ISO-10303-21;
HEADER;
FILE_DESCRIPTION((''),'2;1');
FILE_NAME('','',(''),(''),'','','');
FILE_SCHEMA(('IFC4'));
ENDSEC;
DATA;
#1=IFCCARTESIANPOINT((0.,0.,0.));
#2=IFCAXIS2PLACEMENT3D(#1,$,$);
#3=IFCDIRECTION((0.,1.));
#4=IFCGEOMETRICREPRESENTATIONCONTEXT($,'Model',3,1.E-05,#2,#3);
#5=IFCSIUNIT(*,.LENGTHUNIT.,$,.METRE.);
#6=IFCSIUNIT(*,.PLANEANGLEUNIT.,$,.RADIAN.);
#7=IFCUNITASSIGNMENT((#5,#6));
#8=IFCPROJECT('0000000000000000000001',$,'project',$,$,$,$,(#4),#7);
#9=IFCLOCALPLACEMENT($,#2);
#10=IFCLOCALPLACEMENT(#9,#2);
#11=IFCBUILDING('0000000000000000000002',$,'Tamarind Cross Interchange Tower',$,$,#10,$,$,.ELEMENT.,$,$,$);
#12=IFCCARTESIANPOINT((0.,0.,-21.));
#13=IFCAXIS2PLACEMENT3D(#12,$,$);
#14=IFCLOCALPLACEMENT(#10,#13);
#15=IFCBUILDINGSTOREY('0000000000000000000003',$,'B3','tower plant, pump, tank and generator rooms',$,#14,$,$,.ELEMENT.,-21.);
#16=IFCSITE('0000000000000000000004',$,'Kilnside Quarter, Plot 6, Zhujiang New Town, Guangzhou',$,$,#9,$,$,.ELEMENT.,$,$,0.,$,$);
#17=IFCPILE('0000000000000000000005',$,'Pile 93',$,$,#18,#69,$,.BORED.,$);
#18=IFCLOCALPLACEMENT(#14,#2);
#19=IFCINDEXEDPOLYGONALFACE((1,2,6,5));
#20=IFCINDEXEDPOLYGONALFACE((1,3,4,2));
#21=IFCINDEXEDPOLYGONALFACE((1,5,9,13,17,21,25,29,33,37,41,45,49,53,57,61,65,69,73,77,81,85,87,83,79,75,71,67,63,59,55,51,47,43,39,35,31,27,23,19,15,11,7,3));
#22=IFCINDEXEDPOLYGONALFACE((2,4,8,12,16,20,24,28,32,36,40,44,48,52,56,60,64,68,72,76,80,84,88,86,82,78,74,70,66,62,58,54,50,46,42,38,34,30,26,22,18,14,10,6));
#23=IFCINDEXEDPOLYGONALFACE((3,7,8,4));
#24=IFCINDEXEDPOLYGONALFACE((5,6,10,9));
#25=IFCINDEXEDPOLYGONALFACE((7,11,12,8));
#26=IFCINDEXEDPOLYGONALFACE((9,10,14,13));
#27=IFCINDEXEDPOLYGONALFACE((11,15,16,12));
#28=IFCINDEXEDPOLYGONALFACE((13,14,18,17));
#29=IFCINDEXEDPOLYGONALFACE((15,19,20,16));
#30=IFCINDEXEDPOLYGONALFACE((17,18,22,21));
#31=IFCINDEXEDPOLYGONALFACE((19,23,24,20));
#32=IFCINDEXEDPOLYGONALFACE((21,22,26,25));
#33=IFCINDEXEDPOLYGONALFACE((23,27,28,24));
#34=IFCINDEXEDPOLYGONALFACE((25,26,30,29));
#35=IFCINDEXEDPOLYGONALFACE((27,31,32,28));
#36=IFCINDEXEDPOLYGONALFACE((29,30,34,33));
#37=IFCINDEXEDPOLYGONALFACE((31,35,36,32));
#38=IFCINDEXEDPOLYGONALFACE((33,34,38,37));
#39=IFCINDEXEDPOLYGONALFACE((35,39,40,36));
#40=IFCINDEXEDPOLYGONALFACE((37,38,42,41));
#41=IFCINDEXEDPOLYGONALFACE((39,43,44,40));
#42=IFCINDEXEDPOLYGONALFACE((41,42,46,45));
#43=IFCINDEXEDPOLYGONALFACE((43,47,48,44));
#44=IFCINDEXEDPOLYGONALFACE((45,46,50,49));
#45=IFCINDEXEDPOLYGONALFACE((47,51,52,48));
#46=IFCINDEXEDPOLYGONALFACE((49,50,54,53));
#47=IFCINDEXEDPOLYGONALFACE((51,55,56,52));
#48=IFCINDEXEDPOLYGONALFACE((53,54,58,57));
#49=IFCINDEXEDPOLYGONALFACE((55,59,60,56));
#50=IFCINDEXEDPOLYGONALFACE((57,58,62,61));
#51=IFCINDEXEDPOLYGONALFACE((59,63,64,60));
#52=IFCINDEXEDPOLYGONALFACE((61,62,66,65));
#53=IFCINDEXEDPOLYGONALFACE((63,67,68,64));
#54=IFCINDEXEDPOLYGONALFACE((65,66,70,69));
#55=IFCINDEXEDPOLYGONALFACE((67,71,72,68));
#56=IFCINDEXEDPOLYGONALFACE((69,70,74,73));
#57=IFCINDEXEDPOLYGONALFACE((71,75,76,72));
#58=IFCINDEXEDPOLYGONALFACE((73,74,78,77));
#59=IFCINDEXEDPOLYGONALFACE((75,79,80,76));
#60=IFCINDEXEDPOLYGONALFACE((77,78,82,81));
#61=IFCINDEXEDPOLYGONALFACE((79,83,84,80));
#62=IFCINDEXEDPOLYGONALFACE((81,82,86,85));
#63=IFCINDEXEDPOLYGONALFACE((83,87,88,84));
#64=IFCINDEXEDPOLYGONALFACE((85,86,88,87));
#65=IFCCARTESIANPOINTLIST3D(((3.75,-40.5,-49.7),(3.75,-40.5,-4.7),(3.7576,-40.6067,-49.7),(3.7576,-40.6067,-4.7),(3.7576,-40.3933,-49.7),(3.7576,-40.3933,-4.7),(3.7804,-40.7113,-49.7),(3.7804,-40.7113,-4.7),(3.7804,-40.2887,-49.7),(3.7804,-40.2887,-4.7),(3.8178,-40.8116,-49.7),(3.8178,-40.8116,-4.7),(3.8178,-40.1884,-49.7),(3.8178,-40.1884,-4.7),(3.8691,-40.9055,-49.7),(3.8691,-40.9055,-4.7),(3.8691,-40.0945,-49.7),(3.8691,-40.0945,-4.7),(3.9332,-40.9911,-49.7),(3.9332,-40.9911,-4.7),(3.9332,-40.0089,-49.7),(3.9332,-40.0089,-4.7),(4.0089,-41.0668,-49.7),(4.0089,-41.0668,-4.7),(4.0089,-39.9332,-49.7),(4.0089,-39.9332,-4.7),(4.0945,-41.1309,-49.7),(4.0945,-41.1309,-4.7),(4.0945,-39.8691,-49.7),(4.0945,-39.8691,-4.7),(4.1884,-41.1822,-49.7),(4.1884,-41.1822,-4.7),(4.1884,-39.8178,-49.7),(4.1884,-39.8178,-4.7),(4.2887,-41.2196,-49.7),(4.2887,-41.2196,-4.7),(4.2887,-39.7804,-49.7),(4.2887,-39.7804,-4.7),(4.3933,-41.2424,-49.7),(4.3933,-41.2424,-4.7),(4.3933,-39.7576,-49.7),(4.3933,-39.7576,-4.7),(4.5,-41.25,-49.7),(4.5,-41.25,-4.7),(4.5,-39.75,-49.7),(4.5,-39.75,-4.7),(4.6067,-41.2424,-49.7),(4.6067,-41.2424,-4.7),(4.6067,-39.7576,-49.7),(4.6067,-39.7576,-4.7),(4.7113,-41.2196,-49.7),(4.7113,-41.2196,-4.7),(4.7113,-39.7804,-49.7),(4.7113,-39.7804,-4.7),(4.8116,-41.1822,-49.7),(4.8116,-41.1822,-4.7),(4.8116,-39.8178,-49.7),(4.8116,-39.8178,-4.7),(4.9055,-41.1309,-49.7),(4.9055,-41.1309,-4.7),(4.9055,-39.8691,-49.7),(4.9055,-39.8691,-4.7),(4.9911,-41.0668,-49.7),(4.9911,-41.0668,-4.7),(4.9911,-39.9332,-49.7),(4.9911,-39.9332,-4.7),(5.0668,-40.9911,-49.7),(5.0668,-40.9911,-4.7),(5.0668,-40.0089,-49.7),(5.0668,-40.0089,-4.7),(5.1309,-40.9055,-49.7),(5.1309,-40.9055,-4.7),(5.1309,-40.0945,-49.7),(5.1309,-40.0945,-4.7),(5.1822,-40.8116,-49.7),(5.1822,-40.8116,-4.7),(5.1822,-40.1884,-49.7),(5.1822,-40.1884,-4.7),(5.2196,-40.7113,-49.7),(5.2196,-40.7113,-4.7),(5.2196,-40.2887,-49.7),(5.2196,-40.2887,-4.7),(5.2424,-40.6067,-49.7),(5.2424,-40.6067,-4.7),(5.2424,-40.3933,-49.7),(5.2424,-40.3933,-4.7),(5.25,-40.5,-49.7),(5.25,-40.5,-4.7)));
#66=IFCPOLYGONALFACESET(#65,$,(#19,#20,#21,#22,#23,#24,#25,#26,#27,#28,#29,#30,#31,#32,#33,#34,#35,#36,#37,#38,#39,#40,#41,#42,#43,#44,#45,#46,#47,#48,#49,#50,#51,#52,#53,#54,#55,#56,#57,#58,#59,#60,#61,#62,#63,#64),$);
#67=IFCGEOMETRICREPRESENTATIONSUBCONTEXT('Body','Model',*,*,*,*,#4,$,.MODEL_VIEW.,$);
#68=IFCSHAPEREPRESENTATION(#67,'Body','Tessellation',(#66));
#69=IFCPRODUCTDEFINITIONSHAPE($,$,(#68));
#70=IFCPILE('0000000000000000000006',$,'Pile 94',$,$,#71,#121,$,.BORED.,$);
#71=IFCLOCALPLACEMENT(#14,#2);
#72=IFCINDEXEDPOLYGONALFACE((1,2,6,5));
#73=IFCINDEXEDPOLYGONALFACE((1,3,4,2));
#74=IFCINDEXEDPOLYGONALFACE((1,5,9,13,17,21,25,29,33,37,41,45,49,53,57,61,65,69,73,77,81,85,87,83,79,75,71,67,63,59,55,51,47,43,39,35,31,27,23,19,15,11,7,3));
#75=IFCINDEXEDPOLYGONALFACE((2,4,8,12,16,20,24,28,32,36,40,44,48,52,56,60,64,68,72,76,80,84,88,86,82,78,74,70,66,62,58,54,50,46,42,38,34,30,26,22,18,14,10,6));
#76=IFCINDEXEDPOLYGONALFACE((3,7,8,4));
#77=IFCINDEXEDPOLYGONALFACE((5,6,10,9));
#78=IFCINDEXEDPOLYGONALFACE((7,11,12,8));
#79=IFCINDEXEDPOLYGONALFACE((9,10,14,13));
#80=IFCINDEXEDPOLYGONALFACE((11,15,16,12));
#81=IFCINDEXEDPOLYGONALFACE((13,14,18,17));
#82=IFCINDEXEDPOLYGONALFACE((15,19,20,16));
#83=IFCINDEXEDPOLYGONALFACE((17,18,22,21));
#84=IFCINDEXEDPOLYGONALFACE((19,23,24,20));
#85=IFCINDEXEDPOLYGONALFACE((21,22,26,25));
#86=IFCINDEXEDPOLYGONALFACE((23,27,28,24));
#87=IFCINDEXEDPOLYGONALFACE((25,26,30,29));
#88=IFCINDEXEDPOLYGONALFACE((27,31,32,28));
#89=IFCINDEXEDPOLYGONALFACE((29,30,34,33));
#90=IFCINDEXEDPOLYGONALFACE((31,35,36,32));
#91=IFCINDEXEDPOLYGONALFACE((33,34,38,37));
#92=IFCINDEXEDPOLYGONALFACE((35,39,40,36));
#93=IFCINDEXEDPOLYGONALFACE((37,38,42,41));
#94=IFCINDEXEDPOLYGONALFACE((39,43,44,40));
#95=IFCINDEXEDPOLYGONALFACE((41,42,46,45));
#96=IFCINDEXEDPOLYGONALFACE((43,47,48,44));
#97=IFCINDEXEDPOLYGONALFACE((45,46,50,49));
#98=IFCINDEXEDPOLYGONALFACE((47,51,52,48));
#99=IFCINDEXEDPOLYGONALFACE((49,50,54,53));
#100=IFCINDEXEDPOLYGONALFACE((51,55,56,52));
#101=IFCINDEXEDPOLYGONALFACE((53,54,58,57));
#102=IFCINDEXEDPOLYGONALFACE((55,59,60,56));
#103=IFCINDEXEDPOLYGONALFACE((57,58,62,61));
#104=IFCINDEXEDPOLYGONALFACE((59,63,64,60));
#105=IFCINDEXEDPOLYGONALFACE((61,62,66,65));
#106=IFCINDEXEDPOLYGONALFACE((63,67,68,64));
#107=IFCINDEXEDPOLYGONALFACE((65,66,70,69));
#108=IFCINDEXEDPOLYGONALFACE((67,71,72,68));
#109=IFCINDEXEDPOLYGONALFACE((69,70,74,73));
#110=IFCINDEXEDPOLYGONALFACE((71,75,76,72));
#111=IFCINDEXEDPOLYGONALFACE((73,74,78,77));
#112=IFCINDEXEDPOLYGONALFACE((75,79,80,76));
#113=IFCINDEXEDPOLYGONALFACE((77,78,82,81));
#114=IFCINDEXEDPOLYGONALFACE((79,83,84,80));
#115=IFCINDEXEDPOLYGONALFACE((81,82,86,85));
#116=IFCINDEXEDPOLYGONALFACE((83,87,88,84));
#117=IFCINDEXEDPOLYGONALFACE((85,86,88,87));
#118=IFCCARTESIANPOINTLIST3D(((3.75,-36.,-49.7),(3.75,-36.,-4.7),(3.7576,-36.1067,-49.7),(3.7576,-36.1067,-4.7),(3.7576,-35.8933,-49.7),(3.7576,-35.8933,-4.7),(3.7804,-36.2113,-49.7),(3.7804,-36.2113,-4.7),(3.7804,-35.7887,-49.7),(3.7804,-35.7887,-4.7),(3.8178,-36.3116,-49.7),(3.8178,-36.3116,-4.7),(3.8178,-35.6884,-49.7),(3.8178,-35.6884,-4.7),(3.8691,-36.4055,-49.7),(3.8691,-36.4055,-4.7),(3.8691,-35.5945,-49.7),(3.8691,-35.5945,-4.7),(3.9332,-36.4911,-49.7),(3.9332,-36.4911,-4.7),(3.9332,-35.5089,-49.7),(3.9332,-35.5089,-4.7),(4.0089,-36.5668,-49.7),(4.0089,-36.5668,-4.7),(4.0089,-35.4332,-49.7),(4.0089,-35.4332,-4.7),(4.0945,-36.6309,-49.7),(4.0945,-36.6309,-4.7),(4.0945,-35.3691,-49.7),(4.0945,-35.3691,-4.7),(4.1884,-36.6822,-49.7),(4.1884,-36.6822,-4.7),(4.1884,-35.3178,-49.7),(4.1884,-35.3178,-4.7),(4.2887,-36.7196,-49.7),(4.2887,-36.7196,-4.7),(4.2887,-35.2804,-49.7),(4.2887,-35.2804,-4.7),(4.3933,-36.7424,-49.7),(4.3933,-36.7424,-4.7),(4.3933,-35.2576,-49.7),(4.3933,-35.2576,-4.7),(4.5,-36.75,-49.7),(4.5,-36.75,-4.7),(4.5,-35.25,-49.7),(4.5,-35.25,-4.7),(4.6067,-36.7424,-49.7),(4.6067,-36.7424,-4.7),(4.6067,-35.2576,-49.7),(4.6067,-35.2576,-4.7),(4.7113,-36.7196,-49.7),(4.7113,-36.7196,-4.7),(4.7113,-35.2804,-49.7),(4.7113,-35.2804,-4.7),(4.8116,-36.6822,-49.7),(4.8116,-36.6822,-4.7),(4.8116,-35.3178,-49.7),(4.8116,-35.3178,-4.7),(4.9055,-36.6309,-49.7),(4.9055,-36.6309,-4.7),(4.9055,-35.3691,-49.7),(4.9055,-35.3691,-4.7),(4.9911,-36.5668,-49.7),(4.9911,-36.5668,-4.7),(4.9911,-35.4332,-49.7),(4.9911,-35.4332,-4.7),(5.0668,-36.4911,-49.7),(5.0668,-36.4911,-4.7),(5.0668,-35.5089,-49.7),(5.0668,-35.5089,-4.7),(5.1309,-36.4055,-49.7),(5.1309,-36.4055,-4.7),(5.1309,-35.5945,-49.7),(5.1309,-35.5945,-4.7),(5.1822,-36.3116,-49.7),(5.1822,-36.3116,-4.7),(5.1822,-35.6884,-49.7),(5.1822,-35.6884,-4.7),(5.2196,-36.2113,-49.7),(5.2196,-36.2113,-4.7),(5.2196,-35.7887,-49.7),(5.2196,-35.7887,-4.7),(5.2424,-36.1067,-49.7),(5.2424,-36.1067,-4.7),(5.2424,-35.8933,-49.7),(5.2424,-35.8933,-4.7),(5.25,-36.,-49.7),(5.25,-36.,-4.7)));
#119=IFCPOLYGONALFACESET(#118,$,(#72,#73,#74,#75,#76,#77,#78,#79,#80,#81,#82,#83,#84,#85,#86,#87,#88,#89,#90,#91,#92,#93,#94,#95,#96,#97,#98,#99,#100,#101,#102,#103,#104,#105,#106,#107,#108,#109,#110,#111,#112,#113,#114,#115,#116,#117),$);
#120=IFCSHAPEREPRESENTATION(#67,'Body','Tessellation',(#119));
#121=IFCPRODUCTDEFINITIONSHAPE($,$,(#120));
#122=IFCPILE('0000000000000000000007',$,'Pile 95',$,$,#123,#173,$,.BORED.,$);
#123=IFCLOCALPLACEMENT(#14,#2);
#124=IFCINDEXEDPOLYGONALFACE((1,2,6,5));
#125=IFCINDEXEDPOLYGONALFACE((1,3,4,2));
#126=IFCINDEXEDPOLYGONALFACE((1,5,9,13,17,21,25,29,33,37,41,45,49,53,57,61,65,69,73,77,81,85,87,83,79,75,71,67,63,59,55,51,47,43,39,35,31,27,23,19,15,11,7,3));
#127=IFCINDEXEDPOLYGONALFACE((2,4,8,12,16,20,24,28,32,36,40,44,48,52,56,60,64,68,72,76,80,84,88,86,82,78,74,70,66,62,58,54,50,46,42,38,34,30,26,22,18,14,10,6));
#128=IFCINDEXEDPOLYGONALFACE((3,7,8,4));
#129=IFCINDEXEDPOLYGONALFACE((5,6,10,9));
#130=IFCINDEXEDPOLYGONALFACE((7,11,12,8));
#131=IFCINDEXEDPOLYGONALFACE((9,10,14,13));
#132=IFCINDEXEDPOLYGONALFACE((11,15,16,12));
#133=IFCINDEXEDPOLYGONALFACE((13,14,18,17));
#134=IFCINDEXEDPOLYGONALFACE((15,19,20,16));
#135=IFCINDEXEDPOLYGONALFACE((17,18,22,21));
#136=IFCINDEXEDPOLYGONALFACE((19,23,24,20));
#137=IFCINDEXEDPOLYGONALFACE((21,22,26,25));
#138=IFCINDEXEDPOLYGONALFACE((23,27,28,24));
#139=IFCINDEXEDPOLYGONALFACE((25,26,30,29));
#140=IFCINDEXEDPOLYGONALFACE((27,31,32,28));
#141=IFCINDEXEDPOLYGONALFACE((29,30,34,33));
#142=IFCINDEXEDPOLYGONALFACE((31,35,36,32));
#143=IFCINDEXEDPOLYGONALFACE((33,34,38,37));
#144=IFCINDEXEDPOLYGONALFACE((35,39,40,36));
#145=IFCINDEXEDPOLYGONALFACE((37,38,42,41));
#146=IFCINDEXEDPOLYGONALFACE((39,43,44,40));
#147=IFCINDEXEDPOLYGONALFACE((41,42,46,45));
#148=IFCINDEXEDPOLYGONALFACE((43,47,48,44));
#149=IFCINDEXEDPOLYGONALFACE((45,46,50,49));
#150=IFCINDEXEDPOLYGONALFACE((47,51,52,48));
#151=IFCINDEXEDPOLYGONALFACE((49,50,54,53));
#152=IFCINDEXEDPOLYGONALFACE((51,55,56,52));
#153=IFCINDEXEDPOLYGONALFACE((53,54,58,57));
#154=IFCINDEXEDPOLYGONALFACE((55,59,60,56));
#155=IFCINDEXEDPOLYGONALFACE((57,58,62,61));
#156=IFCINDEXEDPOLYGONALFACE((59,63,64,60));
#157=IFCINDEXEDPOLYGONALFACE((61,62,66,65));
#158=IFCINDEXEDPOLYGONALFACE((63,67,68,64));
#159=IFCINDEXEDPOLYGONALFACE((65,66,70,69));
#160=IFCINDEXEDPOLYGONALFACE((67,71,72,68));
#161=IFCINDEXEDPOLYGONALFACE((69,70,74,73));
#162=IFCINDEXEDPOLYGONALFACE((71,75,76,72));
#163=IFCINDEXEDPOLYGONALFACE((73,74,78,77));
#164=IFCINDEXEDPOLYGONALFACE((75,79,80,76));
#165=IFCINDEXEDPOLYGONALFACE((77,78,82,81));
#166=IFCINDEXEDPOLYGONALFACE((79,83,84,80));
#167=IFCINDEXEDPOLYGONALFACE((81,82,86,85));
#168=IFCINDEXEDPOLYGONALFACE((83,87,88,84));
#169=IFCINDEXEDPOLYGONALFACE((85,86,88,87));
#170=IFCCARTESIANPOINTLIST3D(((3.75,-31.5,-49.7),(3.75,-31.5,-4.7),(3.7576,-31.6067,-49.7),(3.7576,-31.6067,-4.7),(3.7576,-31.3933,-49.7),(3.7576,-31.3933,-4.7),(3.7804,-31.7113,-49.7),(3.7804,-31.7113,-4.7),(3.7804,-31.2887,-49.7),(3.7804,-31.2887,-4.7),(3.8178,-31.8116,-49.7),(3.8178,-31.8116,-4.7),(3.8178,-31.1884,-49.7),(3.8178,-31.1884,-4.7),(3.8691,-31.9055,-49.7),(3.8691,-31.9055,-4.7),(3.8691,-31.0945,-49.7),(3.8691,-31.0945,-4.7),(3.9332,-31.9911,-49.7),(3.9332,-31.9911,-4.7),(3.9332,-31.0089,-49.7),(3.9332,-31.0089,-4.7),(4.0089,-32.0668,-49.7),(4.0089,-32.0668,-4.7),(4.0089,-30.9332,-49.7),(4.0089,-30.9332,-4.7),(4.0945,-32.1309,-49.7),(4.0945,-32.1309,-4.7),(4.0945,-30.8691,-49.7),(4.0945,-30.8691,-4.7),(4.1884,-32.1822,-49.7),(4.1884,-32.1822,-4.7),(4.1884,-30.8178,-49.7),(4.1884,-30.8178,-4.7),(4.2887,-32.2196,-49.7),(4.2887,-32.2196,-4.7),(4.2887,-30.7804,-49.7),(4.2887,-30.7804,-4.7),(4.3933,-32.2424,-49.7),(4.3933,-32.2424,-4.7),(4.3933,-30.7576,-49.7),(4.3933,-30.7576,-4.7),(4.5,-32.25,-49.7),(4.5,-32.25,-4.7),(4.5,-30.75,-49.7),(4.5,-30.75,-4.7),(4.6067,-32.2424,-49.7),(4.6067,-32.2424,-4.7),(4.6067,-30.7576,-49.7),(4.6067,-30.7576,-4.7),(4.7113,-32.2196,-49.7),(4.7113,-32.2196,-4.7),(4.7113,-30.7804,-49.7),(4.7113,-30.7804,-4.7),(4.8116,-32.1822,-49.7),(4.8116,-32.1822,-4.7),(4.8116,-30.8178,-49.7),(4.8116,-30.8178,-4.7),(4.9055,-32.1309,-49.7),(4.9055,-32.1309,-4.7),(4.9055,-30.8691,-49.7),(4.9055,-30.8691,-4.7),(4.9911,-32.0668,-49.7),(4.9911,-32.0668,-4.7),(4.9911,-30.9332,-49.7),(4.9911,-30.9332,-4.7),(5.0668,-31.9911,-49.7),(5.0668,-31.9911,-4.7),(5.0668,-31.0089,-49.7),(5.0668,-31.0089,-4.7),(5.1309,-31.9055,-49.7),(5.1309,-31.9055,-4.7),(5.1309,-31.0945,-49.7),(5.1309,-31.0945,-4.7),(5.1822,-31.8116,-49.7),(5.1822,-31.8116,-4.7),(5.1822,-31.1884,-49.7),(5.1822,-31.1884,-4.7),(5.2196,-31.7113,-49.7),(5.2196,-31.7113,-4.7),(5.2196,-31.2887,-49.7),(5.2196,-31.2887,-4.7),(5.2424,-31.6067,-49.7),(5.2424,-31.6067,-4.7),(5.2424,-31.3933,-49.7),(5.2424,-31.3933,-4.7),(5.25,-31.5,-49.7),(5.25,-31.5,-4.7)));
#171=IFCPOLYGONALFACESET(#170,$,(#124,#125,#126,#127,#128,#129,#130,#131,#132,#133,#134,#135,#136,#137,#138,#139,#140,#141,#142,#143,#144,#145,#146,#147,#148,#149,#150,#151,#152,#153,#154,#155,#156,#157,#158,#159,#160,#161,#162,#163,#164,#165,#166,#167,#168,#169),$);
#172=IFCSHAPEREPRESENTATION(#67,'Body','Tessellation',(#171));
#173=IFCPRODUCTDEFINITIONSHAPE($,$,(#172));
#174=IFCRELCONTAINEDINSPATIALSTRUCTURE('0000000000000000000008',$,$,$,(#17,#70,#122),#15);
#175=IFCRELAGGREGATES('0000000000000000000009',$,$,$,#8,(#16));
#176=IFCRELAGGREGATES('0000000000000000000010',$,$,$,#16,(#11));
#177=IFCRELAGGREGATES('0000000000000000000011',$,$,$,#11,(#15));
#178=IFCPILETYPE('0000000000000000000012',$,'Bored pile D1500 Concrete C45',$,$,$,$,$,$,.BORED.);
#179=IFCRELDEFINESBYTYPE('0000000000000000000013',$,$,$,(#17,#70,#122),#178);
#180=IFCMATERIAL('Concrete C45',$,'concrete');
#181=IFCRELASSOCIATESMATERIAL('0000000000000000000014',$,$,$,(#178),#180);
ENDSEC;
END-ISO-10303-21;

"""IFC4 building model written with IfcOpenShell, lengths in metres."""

from ifc_helpers import new_model, si_unit, direction, frame, origin, origin_2d, place, context, subcontext, project, spatial, circle, extrude, material, material_profile, profile_set, type_object, element, save


model = new_model("IFC4")

# Units and contexts
model_context = context("Model", 3, precision=1e-05, world=origin(), true_north=direction((0.0, 1.0)))
body_context = subcontext(model_context, "Body", "Model", "MODEL_VIEW")
ifc_project = project(units=[si_unit("LENGTHUNIT", "METRE"), si_unit("PLANEANGLEUNIT", "RADIAN")], contexts=[model_context])

# Site, building, storey
site_placement = place(None, origin())
site = spatial("IfcSite", under=ifc_project, at=site_placement, Name="Kilnside Quarter, Plot 6, Zhujiang New Town, Guangzhou", CompositionType="ELEMENT", RefElevation=0.0)
building_placement = place(site_placement, origin())
building = spatial("IfcBuilding", under=site, at=building_placement, Name="Tamarind Cross Interchange Tower", CompositionType="ELEMENT")
storey_placement = place(building_placement, frame((0.0, 0.0, -21.0)))
storey = spatial("IfcBuildingStorey", under=building, at=storey_placement, Name="B3", Description="tower plant, pump, tank and generator rooms", CompositionType="ELEMENT", Elevation=-21.0)

# Piles
ifc_material_1 = material(Name="Concrete C45", Category="concrete")
ifc_material_profile_1 = material_profile(ifc_material_1, circle(Radius=0.75, at=origin_2d()), Name="RC D1500")
ifc_profile_set_1 = profile_set([ifc_material_profile_1], Name="Concrete C45")
pile_type = type_object("IfcPileType", Name="Bored pile D1500 Concrete C45", PredefinedType="BORED", material=ifc_profile_set_1)
for number, where, z_axis, x_axis, name in (
    (1, (4.5, -40.5, -4.7), (0.0, 0.0, -1.0), (1.0, 0.0, 0.0), "Pile 93"),
    (2, (4.5, -36.0, -4.7), (0.0, 0.0, -1.0), (1.0, 0.0, 0.0), "Pile 94"),
    (3, (4.5, -31.5, -4.7), (0.0, 0.0, -1.0), (1.0, 0.0, 0.0), "Pile 95"),
):
    element("IfcPile", number, at=place(storey_placement, frame(where, z_axis=z_axis, x_axis=x_axis)), inside=storey, type_object=pile_type, Name=name, PredefinedType="BORED", context=body_context, shape_type="SweptSolid", body=[
        extrude(circle(Radius=0.75, at=origin_2d()), origin(), (0.0, 0.0, 1.0), 45.0),
    ])

save(model, "model.ifc")
